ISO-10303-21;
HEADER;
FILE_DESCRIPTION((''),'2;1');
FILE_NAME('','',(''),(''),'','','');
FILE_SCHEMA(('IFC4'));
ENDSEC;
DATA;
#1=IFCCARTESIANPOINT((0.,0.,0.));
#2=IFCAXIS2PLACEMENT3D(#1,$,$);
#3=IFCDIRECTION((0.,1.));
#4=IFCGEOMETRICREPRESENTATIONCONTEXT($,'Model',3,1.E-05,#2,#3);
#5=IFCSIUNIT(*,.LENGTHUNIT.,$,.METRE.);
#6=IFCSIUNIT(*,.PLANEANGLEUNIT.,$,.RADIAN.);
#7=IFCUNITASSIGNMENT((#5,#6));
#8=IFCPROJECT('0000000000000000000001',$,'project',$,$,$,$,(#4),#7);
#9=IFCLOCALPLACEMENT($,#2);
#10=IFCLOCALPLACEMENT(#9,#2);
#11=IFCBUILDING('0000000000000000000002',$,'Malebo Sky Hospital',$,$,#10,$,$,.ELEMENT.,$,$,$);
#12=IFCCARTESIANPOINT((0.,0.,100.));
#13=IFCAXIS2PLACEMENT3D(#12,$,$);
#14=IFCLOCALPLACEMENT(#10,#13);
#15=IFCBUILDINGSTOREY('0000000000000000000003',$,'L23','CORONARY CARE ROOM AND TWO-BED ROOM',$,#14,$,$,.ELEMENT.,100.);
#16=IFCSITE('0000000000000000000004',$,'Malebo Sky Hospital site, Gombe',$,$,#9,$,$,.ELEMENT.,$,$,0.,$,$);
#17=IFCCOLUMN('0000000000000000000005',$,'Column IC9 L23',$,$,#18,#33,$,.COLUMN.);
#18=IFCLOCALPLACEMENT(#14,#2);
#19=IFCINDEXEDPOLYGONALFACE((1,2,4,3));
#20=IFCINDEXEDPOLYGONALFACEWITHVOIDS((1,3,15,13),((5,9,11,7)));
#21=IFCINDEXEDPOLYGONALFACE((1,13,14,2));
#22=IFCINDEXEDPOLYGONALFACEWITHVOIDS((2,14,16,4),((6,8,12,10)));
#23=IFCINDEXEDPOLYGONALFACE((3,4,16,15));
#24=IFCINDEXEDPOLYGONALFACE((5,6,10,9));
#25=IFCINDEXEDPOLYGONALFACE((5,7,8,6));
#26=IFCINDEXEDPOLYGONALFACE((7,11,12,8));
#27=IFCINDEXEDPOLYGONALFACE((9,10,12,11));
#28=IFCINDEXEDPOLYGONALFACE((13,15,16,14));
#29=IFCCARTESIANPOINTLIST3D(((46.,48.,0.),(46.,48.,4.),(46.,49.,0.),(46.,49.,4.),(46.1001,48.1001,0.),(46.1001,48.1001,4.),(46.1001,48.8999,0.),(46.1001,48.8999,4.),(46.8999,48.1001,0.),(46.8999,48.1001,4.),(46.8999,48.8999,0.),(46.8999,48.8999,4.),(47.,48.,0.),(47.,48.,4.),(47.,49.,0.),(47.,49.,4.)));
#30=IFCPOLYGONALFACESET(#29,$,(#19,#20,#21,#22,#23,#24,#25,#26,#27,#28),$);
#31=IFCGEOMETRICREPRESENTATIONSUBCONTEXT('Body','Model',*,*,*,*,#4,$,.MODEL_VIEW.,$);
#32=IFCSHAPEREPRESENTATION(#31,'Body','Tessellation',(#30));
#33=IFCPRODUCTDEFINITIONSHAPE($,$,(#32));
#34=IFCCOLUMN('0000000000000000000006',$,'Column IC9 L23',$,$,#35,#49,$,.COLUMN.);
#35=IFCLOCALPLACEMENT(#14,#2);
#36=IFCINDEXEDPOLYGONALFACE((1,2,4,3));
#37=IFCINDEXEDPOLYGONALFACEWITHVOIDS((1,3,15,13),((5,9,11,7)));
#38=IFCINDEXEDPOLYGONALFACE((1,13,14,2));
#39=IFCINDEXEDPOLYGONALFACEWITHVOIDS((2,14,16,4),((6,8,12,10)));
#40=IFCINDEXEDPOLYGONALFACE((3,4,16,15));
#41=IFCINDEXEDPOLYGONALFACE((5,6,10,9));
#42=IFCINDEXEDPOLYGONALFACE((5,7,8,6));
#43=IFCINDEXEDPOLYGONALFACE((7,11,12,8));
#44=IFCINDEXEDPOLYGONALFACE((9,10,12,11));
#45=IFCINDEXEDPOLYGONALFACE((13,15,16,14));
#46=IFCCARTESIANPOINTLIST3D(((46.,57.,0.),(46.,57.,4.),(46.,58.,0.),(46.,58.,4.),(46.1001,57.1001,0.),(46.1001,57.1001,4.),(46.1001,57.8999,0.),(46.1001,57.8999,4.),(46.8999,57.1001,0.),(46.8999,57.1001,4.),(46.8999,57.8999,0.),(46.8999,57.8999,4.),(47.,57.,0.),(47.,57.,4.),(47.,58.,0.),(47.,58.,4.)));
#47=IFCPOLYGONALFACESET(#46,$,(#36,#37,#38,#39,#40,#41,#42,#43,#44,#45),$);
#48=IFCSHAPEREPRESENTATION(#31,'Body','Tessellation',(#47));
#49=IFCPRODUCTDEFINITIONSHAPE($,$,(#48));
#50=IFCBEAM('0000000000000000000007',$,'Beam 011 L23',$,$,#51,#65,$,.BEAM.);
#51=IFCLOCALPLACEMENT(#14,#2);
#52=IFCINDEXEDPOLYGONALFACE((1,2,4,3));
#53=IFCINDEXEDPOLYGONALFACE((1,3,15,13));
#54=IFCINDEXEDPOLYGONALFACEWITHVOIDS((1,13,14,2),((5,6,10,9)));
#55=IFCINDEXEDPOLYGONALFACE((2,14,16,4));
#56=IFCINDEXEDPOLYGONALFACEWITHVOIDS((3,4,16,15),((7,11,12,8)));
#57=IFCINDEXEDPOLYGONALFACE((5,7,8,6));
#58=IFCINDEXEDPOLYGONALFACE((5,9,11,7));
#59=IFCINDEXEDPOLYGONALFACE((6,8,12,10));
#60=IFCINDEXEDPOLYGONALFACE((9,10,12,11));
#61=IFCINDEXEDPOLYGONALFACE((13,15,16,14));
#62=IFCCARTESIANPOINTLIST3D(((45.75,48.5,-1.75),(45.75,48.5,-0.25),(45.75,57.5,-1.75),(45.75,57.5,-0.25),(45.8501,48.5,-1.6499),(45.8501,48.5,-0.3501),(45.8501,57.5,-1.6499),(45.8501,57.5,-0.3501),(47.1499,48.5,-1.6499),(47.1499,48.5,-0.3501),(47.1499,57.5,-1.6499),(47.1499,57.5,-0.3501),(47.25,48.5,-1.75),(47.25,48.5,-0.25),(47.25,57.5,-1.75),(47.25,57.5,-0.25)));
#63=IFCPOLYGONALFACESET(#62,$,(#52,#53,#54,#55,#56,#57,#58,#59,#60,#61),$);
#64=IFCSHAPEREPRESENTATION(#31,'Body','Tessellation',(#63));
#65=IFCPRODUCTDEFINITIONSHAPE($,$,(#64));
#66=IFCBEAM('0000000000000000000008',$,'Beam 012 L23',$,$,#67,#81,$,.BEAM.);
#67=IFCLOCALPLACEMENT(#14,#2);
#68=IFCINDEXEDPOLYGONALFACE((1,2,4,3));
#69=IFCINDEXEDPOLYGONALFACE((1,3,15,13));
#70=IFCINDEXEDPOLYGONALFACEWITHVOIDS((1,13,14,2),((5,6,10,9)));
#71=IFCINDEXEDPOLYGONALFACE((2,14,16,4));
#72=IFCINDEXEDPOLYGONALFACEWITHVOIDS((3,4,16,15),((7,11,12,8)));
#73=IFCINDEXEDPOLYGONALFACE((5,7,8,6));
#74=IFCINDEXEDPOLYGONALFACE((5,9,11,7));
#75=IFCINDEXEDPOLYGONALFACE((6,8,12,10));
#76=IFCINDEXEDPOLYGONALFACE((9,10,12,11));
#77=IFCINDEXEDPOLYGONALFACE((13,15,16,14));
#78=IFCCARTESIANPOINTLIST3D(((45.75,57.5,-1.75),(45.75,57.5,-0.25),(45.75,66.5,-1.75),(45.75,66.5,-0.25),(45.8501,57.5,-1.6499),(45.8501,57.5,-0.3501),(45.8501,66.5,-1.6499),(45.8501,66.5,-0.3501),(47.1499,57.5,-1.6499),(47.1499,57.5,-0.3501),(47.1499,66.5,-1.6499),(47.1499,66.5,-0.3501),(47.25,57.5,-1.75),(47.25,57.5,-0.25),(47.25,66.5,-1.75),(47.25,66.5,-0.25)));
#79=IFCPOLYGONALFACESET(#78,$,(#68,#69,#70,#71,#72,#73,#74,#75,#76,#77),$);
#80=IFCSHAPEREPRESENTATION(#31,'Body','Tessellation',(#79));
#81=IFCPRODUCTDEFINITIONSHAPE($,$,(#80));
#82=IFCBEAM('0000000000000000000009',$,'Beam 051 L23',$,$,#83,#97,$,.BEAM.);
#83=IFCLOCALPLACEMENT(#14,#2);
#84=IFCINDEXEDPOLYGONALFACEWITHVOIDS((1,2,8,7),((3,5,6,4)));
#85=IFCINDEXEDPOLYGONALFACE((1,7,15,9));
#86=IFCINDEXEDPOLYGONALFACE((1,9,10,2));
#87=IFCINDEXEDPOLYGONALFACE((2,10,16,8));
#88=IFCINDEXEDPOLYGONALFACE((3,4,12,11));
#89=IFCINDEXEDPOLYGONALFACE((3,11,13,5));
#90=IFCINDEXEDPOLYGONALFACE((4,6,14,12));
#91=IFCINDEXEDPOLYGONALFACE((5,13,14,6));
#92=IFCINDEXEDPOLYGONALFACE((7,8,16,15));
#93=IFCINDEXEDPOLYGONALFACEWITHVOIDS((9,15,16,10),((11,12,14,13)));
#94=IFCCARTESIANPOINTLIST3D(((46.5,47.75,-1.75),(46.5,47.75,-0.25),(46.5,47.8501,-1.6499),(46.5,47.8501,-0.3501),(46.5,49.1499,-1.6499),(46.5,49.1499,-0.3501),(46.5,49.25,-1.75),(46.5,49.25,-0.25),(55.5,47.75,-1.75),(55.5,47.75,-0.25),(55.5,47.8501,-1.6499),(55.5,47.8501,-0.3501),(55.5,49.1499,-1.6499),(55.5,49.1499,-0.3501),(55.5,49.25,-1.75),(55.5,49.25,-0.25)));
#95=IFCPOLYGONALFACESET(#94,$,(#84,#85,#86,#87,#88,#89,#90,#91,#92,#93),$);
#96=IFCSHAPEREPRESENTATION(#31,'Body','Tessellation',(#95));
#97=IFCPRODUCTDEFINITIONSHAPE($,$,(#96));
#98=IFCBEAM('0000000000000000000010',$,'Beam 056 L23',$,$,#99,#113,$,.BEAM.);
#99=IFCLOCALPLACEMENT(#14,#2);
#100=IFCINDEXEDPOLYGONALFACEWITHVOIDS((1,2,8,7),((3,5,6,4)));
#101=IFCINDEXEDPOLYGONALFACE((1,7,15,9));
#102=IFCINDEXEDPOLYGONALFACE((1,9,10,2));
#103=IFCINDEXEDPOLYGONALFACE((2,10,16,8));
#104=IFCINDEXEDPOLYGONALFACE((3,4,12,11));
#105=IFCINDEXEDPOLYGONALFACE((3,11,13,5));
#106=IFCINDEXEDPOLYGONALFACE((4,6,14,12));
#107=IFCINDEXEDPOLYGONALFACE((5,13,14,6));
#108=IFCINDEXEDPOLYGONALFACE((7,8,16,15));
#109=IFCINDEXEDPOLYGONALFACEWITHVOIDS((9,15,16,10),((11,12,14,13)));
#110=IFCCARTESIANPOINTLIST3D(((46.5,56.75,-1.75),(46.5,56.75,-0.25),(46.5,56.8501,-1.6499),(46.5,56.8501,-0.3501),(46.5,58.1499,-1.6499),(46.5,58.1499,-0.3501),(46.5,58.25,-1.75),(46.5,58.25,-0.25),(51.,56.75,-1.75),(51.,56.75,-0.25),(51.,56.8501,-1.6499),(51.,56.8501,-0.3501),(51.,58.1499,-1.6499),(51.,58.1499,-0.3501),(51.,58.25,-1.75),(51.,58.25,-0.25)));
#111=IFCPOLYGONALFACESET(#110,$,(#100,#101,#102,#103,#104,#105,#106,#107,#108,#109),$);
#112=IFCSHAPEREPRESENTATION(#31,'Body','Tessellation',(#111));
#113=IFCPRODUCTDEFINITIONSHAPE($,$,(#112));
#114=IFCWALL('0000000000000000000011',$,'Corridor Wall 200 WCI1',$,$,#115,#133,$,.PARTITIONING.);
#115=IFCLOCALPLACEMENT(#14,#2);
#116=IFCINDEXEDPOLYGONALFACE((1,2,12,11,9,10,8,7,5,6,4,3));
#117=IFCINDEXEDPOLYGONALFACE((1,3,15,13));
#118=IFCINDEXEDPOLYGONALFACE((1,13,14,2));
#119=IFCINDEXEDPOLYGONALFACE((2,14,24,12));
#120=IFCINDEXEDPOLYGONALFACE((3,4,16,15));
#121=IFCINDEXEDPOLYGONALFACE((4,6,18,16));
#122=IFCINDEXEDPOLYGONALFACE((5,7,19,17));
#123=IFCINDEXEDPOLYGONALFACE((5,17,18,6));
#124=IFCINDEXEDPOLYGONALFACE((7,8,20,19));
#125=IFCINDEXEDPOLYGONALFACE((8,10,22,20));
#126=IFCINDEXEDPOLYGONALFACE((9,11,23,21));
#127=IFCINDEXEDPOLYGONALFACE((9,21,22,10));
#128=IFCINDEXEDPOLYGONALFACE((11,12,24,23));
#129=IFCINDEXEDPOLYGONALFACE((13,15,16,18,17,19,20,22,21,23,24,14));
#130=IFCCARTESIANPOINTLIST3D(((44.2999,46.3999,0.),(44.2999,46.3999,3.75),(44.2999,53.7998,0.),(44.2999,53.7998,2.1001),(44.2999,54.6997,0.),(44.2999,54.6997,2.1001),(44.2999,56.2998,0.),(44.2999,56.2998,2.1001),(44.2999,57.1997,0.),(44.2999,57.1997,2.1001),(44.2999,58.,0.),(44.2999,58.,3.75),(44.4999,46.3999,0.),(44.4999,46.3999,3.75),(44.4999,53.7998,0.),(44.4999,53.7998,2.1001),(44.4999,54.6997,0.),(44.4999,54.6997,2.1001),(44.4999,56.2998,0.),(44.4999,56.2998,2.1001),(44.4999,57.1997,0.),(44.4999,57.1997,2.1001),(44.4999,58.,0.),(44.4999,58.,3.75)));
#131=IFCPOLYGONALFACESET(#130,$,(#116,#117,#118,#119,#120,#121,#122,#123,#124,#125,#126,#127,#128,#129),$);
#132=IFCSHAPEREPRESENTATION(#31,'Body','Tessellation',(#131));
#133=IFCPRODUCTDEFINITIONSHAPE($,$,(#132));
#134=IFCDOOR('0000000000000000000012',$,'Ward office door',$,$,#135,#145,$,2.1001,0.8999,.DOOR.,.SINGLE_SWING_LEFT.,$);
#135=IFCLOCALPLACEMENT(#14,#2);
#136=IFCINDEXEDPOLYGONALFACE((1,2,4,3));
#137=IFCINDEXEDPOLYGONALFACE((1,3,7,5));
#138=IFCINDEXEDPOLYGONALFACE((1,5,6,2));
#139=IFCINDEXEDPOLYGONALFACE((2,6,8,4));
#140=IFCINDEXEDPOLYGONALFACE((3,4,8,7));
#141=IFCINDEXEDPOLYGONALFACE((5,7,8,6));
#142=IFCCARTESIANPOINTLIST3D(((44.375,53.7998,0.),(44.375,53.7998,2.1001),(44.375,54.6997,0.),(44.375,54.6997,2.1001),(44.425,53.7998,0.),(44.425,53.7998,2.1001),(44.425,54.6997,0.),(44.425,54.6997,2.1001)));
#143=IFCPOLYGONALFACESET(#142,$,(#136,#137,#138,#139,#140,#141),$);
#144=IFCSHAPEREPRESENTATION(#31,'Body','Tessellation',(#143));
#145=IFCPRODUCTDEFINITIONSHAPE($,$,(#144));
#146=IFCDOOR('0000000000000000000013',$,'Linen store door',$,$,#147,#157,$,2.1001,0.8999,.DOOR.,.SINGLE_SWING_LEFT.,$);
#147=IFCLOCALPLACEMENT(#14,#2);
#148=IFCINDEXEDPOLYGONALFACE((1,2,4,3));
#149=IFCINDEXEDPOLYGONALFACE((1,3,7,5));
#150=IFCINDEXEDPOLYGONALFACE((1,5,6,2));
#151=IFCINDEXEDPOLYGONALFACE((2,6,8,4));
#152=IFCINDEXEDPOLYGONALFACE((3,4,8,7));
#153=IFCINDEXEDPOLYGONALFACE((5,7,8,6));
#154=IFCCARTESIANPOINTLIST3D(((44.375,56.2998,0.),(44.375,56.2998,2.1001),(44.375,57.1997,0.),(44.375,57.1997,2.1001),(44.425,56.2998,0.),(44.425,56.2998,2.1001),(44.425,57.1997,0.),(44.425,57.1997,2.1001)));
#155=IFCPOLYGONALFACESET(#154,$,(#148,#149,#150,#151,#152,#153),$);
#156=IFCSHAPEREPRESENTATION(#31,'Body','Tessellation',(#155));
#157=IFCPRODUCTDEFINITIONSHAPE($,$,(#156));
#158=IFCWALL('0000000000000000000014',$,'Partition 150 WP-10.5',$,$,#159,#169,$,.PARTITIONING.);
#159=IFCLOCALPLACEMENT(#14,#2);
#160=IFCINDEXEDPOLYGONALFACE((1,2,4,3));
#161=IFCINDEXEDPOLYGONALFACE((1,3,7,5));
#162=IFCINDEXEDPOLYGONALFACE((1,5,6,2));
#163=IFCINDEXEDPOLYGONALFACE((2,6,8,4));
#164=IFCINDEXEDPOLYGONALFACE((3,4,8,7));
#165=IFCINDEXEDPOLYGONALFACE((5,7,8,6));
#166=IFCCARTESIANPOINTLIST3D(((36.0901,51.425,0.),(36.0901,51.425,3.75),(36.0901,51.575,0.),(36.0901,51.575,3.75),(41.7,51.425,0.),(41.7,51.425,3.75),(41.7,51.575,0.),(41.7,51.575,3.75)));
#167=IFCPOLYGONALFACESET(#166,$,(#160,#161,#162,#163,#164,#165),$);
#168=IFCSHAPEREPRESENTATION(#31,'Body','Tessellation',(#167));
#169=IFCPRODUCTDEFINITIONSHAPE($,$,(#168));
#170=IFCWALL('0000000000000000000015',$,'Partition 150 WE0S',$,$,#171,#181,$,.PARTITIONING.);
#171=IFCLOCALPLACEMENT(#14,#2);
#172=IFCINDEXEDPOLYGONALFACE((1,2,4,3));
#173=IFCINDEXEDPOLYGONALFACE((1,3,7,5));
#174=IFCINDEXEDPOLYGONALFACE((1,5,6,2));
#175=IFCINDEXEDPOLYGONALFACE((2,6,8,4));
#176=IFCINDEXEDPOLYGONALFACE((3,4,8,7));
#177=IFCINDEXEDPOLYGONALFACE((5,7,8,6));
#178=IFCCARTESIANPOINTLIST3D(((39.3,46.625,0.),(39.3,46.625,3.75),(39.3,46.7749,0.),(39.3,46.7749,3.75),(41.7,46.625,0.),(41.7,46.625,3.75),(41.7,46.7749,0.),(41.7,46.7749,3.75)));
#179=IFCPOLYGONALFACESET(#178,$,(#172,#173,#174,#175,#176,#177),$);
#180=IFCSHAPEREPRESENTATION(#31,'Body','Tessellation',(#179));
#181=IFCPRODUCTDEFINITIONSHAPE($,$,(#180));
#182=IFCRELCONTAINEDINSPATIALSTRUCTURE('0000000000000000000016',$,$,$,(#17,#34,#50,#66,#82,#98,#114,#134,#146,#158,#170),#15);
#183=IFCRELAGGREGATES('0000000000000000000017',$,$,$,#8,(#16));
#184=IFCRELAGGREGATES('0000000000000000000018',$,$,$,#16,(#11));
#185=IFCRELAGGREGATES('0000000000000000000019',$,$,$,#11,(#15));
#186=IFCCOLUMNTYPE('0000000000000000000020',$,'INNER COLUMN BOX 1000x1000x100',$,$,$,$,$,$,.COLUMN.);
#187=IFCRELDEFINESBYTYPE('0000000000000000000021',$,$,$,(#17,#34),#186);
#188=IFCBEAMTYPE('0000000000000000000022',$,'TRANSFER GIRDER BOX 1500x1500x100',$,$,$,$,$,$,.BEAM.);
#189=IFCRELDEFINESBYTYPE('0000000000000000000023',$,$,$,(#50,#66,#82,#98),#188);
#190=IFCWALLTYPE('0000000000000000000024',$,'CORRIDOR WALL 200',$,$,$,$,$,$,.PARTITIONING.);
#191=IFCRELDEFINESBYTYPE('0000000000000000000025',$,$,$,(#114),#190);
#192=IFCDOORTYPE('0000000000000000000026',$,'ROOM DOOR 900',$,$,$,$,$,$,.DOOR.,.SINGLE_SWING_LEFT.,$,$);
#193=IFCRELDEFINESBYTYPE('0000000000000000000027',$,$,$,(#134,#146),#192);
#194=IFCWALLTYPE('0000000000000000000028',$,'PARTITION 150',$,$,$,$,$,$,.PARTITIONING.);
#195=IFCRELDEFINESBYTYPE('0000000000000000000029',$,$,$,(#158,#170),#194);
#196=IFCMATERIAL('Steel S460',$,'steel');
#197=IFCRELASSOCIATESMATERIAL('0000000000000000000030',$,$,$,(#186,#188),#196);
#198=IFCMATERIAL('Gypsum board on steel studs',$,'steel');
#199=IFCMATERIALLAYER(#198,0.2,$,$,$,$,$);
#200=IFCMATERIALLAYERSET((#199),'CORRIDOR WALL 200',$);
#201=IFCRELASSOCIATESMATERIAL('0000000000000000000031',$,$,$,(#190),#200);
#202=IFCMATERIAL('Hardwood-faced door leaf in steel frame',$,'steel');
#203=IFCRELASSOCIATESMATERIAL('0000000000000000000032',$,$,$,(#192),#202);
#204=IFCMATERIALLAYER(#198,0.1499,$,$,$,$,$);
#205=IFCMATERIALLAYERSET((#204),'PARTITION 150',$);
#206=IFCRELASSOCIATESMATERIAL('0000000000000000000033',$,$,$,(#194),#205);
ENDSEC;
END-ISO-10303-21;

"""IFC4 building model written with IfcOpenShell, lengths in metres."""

from ifc_helpers import new_model, si_unit, direction, frame, frame_2d, origin, origin_2d, place, context, subcontext, project, spatial, rectangle, hollow_rectangle, extrude, material, layer, layer_set, material_profile, profile_set, type_object, element, fill, save


model = new_model("IFC4")

# Units and contexts
model_context = context("Model", 3, precision=1e-05, world=origin(), true_north=direction((0.0, 1.0)))
body_context = subcontext(model_context, "Body", "Model", "MODEL_VIEW")
ifc_project = project(units=[si_unit("LENGTHUNIT", "METRE"), si_unit("PLANEANGLEUNIT", "RADIAN")], contexts=[model_context])

# Site, building, storey
site_placement = place(None, origin())
site = spatial("IfcSite", under=ifc_project, at=site_placement, Name="Malebo Sky Hospital site, Gombe", CompositionType="ELEMENT", RefElevation=0.0)
building_placement = place(site_placement, origin())
building = spatial("IfcBuilding", under=site, at=building_placement, Name="Malebo Sky Hospital", CompositionType="ELEMENT")
storey_placement = place(building_placement, frame((0.0, 0.0, 100.0)))
storey = spatial("IfcBuildingStorey", under=building, at=storey_placement, Name="L23", Description="CORONARY CARE ROOM AND TWO-BED ROOM", CompositionType="ELEMENT", Elevation=100.0)

# Columns
ifc_material_1 = material(Name="Steel S460", Category="steel")
ifc_material_profile_1 = material_profile(ifc_material_1, hollow_rectangle(XDim=1.0, YDim=1.0, WallThickness=0.1001, at=origin_2d()), Name="BOX 1000x1000x100")
ifc_profile_set_1 = profile_set([ifc_material_profile_1], Name="Steel S460")
column_type = type_object("IfcColumnType", Name="INNER COLUMN BOX 1000x1000x100", PredefinedType="COLUMN", material=ifc_profile_set_1)
for number, where, z_axis, x_axis, name in (
    (1, (46.5, 48.5, 0.0), (0.0, 0.0, 1.0), (1.0, 0.0, 0.0), "Column IC9 L23"),
    (2, (46.5, 57.5, 0.0), (0.0, 0.0, 1.0), (1.0, 0.0, 0.0), "Column IC9 L23"),
):
    element("IfcColumn", number, at=place(storey_placement, frame(where, z_axis=z_axis, x_axis=x_axis)), inside=storey, type_object=column_type, Name=name, PredefinedType="COLUMN", context=body_context, shape_type="SweptSolid", body=[
        extrude(hollow_rectangle(XDim=1.0, YDim=1.0, WallThickness=0.1001, at=origin_2d()), origin(), (0.0, 0.0, 1.0), 4.0),
    ])

# Beams
ifc_material_profile_2 = material_profile(ifc_material_1, hollow_rectangle(XDim=1.5, YDim=1.5, WallThickness=0.1001, at=origin_2d()), Name="BOX 1500x1500x100")
ifc_profile_set_2 = profile_set([ifc_material_profile_2], Name="Steel S460")
beam_type = type_object("IfcBeamType", Name="TRANSFER GIRDER BOX 1500x1500x100", PredefinedType="BEAM", material=ifc_profile_set_2)
for number, where, z_axis, x_axis, name in (
    (3, (46.5, 48.5, -1.0), (0.0, 1.0, 0.0), (-1.0, 0.0, 0.0), "Beam 011 L23"),
    (4, (46.5, 57.5, -1.0), (0.0, 1.0, 0.0), (-1.0, 0.0, 0.0), "Beam 012 L23"),
    (5, (46.5, 48.5, -1.0), (1.0, 0.0, 0.0), (0.0, 1.0, 0.0), "Beam 051 L23"),
):
    element("IfcBeam", number, at=place(storey_placement, frame(where, z_axis=z_axis, x_axis=x_axis)), inside=storey, type_object=beam_type, Name=name, PredefinedType="BEAM", context=body_context, shape_type="SweptSolid", body=[
        extrude(hollow_rectangle(XDim=1.5, YDim=1.5, WallThickness=0.1001, at=origin_2d()), origin(), (0.0, 0.0, 1.0), 9.0),
    ])
beam_placement = place(storey_placement, frame((46.5, 57.5, -1.0), z_axis=(1.0, 0.0, 0.0), x_axis=(0.0, 1.0, 0.0)))
element("IfcBeam", 6, at=beam_placement, inside=storey, type_object=beam_type, Name="Beam 056 L23", PredefinedType="BEAM", context=body_context, shape_type="SweptSolid", body=[
    extrude(hollow_rectangle(XDim=1.5, YDim=1.5, WallThickness=0.1001, at=origin_2d()), origin(), (0.0, 0.0, 1.0), 4.5),
])

# Wall, openings, doors
ifc_material_2 = material(Name="Gypsum board on steel studs", Category="steel")
ifc_layer_1 = layer(ifc_material_2, 0.2)
ifc_layer_set_1 = layer_set([ifc_layer_1], Name="CORRIDOR WALL 200")
wall_type_1 = type_object("IfcWallType", Name="CORRIDOR WALL 200", PredefinedType="PARTITIONING", material=ifc_layer_set_1)
wall_1_placement = place(storey_placement, frame((44.3999, 46.3999, 0.0), z_axis=(0.0, 0.0, 1.0), x_axis=(0.0, 1.0, 0.0)))
wall_1 = element("IfcWall", 7, at=wall_1_placement, inside=storey, type_object=wall_type_1, Name="Corridor Wall 200 WCI1", PredefinedType="PARTITIONING", context=body_context, shape_type="SweptSolid", body=[
    extrude(rectangle(XDim=11.6001, YDim=0.2, at=frame_2d((5.8, 0.0))), origin(), (0.0, 0.0, 1.0), 3.75),
])
opening_1_placement = place(wall_1_placement, frame((7.3999, 0.0, 0.0)))
opening_1 = element("IfcOpeningElement", 8, at=opening_1_placement, cuts=wall_1, PredefinedType="OPENING", context=body_context, shape_type="SweptSolid", body=[
    extrude(rectangle(XDim=0.8999, YDim=2.1001, at=frame_2d((0.45, 1.05))), frame((0.0, 0.1099, 0.0), z_axis=(0.0, -1.0, 0.0), x_axis=(1.0, 0.0, 0.0)), (0.0, 0.0, 1.0), 0.22),
])
opening_2_placement = place(wall_1_placement, frame((9.8999, 0.0, 0.0)))
opening_2 = element("IfcOpeningElement", 9, at=opening_2_placement, cuts=wall_1, PredefinedType="OPENING", context=body_context, shape_type="SweptSolid", body=[
    extrude(rectangle(XDim=0.8999, YDim=2.1001, at=frame_2d((0.45, 1.05))), frame((0.0, 0.1099, 0.0), z_axis=(0.0, -1.0, 0.0), x_axis=(1.0, 0.0, 0.0)), (0.0, 0.0, 1.0), 0.22),
])
ifc_material_3 = material(Name="Hardwood-faced door leaf in steel frame", Category="steel")
door_type_1 = type_object("IfcDoorType", Name="ROOM DOOR 900", OperationType="SINGLE_SWING_LEFT", PredefinedType="DOOR", material=ifc_material_3)
door_1_placement = place(opening_1_placement, origin())
door_1 = element("IfcDoor", 10, at=door_1_placement, inside=storey, type_object=door_type_1, Name="Ward office door", OperationType="SINGLE_SWING_LEFT", OverallHeight=2.1001, OverallWidth=0.8999, PredefinedType="DOOR", context=body_context, shape_type="SweptSolid", body=[
    extrude(rectangle(XDim=0.8999, YDim=2.1001, at=frame_2d((0.45, 1.05))), frame((0.0, 0.0249, 0.0), z_axis=(0.0, -1.0, 0.0), x_axis=(1.0, 0.0, 0.0)), (0.0, 0.0, 1.0), 0.05),
])
fill(opening_1, door_1)
door_2_placement = place(opening_2_placement, origin())
door_2 = element("IfcDoor", 11, at=door_2_placement, inside=storey, type_object=door_type_1, Name="Linen store door", OperationType="SINGLE_SWING_LEFT", OverallHeight=2.1001, OverallWidth=0.8999, PredefinedType="DOOR", context=body_context, shape_type="SweptSolid", body=[
    extrude(rectangle(XDim=0.8999, YDim=2.1001, at=frame_2d((0.45, 1.05))), frame((0.0, 0.0249, 0.0), z_axis=(0.0, -1.0, 0.0), x_axis=(1.0, 0.0, 0.0)), (0.0, 0.0, 1.0), 0.05),
])
fill(opening_2, door_2)

# Walls
ifc_layer_2 = layer(ifc_material_2, 0.1499)
ifc_layer_set_2 = layer_set([ifc_layer_2], Name="PARTITION 150")
wall_type_2 = type_object("IfcWallType", Name="PARTITION 150", PredefinedType="PARTITIONING", material=ifc_layer_set_2)
wall_2_placement = place(storey_placement, frame((41.7, 51.5, 0.0), z_axis=(0.0, 0.0, 1.0), x_axis=(-1.0, 0.0, 0.0)))
element("IfcWall", 12, at=wall_2_placement, inside=storey, type_object=wall_type_2, Name="Partition 150 WP-10.5", PredefinedType="PARTITIONING", context=body_context, shape_type="SweptSolid", body=[
    extrude(rectangle(XDim=5.6099, YDim=0.1499, at=frame_2d((2.8049, 0.0))), origin(), (0.0, 0.0, 1.0), 3.75),
])
wall_3_placement = place(storey_placement, frame((41.7, 46.7, 0.0), z_axis=(0.0, 0.0, 1.0), x_axis=(-1.0, 0.0, 0.0)))
element("IfcWall", 13, at=wall_3_placement, inside=storey, type_object=wall_type_2, Name="Partition 150 WE0S", PredefinedType="PARTITIONING", context=body_context, shape_type="SweptSolid", body=[
    extrude(rectangle(XDim=2.3999, YDim=0.1499, at=frame_2d((1.2, 0.0))), origin(), (0.0, 0.0, 1.0), 3.75),
])

save(model, "model.ifc")
